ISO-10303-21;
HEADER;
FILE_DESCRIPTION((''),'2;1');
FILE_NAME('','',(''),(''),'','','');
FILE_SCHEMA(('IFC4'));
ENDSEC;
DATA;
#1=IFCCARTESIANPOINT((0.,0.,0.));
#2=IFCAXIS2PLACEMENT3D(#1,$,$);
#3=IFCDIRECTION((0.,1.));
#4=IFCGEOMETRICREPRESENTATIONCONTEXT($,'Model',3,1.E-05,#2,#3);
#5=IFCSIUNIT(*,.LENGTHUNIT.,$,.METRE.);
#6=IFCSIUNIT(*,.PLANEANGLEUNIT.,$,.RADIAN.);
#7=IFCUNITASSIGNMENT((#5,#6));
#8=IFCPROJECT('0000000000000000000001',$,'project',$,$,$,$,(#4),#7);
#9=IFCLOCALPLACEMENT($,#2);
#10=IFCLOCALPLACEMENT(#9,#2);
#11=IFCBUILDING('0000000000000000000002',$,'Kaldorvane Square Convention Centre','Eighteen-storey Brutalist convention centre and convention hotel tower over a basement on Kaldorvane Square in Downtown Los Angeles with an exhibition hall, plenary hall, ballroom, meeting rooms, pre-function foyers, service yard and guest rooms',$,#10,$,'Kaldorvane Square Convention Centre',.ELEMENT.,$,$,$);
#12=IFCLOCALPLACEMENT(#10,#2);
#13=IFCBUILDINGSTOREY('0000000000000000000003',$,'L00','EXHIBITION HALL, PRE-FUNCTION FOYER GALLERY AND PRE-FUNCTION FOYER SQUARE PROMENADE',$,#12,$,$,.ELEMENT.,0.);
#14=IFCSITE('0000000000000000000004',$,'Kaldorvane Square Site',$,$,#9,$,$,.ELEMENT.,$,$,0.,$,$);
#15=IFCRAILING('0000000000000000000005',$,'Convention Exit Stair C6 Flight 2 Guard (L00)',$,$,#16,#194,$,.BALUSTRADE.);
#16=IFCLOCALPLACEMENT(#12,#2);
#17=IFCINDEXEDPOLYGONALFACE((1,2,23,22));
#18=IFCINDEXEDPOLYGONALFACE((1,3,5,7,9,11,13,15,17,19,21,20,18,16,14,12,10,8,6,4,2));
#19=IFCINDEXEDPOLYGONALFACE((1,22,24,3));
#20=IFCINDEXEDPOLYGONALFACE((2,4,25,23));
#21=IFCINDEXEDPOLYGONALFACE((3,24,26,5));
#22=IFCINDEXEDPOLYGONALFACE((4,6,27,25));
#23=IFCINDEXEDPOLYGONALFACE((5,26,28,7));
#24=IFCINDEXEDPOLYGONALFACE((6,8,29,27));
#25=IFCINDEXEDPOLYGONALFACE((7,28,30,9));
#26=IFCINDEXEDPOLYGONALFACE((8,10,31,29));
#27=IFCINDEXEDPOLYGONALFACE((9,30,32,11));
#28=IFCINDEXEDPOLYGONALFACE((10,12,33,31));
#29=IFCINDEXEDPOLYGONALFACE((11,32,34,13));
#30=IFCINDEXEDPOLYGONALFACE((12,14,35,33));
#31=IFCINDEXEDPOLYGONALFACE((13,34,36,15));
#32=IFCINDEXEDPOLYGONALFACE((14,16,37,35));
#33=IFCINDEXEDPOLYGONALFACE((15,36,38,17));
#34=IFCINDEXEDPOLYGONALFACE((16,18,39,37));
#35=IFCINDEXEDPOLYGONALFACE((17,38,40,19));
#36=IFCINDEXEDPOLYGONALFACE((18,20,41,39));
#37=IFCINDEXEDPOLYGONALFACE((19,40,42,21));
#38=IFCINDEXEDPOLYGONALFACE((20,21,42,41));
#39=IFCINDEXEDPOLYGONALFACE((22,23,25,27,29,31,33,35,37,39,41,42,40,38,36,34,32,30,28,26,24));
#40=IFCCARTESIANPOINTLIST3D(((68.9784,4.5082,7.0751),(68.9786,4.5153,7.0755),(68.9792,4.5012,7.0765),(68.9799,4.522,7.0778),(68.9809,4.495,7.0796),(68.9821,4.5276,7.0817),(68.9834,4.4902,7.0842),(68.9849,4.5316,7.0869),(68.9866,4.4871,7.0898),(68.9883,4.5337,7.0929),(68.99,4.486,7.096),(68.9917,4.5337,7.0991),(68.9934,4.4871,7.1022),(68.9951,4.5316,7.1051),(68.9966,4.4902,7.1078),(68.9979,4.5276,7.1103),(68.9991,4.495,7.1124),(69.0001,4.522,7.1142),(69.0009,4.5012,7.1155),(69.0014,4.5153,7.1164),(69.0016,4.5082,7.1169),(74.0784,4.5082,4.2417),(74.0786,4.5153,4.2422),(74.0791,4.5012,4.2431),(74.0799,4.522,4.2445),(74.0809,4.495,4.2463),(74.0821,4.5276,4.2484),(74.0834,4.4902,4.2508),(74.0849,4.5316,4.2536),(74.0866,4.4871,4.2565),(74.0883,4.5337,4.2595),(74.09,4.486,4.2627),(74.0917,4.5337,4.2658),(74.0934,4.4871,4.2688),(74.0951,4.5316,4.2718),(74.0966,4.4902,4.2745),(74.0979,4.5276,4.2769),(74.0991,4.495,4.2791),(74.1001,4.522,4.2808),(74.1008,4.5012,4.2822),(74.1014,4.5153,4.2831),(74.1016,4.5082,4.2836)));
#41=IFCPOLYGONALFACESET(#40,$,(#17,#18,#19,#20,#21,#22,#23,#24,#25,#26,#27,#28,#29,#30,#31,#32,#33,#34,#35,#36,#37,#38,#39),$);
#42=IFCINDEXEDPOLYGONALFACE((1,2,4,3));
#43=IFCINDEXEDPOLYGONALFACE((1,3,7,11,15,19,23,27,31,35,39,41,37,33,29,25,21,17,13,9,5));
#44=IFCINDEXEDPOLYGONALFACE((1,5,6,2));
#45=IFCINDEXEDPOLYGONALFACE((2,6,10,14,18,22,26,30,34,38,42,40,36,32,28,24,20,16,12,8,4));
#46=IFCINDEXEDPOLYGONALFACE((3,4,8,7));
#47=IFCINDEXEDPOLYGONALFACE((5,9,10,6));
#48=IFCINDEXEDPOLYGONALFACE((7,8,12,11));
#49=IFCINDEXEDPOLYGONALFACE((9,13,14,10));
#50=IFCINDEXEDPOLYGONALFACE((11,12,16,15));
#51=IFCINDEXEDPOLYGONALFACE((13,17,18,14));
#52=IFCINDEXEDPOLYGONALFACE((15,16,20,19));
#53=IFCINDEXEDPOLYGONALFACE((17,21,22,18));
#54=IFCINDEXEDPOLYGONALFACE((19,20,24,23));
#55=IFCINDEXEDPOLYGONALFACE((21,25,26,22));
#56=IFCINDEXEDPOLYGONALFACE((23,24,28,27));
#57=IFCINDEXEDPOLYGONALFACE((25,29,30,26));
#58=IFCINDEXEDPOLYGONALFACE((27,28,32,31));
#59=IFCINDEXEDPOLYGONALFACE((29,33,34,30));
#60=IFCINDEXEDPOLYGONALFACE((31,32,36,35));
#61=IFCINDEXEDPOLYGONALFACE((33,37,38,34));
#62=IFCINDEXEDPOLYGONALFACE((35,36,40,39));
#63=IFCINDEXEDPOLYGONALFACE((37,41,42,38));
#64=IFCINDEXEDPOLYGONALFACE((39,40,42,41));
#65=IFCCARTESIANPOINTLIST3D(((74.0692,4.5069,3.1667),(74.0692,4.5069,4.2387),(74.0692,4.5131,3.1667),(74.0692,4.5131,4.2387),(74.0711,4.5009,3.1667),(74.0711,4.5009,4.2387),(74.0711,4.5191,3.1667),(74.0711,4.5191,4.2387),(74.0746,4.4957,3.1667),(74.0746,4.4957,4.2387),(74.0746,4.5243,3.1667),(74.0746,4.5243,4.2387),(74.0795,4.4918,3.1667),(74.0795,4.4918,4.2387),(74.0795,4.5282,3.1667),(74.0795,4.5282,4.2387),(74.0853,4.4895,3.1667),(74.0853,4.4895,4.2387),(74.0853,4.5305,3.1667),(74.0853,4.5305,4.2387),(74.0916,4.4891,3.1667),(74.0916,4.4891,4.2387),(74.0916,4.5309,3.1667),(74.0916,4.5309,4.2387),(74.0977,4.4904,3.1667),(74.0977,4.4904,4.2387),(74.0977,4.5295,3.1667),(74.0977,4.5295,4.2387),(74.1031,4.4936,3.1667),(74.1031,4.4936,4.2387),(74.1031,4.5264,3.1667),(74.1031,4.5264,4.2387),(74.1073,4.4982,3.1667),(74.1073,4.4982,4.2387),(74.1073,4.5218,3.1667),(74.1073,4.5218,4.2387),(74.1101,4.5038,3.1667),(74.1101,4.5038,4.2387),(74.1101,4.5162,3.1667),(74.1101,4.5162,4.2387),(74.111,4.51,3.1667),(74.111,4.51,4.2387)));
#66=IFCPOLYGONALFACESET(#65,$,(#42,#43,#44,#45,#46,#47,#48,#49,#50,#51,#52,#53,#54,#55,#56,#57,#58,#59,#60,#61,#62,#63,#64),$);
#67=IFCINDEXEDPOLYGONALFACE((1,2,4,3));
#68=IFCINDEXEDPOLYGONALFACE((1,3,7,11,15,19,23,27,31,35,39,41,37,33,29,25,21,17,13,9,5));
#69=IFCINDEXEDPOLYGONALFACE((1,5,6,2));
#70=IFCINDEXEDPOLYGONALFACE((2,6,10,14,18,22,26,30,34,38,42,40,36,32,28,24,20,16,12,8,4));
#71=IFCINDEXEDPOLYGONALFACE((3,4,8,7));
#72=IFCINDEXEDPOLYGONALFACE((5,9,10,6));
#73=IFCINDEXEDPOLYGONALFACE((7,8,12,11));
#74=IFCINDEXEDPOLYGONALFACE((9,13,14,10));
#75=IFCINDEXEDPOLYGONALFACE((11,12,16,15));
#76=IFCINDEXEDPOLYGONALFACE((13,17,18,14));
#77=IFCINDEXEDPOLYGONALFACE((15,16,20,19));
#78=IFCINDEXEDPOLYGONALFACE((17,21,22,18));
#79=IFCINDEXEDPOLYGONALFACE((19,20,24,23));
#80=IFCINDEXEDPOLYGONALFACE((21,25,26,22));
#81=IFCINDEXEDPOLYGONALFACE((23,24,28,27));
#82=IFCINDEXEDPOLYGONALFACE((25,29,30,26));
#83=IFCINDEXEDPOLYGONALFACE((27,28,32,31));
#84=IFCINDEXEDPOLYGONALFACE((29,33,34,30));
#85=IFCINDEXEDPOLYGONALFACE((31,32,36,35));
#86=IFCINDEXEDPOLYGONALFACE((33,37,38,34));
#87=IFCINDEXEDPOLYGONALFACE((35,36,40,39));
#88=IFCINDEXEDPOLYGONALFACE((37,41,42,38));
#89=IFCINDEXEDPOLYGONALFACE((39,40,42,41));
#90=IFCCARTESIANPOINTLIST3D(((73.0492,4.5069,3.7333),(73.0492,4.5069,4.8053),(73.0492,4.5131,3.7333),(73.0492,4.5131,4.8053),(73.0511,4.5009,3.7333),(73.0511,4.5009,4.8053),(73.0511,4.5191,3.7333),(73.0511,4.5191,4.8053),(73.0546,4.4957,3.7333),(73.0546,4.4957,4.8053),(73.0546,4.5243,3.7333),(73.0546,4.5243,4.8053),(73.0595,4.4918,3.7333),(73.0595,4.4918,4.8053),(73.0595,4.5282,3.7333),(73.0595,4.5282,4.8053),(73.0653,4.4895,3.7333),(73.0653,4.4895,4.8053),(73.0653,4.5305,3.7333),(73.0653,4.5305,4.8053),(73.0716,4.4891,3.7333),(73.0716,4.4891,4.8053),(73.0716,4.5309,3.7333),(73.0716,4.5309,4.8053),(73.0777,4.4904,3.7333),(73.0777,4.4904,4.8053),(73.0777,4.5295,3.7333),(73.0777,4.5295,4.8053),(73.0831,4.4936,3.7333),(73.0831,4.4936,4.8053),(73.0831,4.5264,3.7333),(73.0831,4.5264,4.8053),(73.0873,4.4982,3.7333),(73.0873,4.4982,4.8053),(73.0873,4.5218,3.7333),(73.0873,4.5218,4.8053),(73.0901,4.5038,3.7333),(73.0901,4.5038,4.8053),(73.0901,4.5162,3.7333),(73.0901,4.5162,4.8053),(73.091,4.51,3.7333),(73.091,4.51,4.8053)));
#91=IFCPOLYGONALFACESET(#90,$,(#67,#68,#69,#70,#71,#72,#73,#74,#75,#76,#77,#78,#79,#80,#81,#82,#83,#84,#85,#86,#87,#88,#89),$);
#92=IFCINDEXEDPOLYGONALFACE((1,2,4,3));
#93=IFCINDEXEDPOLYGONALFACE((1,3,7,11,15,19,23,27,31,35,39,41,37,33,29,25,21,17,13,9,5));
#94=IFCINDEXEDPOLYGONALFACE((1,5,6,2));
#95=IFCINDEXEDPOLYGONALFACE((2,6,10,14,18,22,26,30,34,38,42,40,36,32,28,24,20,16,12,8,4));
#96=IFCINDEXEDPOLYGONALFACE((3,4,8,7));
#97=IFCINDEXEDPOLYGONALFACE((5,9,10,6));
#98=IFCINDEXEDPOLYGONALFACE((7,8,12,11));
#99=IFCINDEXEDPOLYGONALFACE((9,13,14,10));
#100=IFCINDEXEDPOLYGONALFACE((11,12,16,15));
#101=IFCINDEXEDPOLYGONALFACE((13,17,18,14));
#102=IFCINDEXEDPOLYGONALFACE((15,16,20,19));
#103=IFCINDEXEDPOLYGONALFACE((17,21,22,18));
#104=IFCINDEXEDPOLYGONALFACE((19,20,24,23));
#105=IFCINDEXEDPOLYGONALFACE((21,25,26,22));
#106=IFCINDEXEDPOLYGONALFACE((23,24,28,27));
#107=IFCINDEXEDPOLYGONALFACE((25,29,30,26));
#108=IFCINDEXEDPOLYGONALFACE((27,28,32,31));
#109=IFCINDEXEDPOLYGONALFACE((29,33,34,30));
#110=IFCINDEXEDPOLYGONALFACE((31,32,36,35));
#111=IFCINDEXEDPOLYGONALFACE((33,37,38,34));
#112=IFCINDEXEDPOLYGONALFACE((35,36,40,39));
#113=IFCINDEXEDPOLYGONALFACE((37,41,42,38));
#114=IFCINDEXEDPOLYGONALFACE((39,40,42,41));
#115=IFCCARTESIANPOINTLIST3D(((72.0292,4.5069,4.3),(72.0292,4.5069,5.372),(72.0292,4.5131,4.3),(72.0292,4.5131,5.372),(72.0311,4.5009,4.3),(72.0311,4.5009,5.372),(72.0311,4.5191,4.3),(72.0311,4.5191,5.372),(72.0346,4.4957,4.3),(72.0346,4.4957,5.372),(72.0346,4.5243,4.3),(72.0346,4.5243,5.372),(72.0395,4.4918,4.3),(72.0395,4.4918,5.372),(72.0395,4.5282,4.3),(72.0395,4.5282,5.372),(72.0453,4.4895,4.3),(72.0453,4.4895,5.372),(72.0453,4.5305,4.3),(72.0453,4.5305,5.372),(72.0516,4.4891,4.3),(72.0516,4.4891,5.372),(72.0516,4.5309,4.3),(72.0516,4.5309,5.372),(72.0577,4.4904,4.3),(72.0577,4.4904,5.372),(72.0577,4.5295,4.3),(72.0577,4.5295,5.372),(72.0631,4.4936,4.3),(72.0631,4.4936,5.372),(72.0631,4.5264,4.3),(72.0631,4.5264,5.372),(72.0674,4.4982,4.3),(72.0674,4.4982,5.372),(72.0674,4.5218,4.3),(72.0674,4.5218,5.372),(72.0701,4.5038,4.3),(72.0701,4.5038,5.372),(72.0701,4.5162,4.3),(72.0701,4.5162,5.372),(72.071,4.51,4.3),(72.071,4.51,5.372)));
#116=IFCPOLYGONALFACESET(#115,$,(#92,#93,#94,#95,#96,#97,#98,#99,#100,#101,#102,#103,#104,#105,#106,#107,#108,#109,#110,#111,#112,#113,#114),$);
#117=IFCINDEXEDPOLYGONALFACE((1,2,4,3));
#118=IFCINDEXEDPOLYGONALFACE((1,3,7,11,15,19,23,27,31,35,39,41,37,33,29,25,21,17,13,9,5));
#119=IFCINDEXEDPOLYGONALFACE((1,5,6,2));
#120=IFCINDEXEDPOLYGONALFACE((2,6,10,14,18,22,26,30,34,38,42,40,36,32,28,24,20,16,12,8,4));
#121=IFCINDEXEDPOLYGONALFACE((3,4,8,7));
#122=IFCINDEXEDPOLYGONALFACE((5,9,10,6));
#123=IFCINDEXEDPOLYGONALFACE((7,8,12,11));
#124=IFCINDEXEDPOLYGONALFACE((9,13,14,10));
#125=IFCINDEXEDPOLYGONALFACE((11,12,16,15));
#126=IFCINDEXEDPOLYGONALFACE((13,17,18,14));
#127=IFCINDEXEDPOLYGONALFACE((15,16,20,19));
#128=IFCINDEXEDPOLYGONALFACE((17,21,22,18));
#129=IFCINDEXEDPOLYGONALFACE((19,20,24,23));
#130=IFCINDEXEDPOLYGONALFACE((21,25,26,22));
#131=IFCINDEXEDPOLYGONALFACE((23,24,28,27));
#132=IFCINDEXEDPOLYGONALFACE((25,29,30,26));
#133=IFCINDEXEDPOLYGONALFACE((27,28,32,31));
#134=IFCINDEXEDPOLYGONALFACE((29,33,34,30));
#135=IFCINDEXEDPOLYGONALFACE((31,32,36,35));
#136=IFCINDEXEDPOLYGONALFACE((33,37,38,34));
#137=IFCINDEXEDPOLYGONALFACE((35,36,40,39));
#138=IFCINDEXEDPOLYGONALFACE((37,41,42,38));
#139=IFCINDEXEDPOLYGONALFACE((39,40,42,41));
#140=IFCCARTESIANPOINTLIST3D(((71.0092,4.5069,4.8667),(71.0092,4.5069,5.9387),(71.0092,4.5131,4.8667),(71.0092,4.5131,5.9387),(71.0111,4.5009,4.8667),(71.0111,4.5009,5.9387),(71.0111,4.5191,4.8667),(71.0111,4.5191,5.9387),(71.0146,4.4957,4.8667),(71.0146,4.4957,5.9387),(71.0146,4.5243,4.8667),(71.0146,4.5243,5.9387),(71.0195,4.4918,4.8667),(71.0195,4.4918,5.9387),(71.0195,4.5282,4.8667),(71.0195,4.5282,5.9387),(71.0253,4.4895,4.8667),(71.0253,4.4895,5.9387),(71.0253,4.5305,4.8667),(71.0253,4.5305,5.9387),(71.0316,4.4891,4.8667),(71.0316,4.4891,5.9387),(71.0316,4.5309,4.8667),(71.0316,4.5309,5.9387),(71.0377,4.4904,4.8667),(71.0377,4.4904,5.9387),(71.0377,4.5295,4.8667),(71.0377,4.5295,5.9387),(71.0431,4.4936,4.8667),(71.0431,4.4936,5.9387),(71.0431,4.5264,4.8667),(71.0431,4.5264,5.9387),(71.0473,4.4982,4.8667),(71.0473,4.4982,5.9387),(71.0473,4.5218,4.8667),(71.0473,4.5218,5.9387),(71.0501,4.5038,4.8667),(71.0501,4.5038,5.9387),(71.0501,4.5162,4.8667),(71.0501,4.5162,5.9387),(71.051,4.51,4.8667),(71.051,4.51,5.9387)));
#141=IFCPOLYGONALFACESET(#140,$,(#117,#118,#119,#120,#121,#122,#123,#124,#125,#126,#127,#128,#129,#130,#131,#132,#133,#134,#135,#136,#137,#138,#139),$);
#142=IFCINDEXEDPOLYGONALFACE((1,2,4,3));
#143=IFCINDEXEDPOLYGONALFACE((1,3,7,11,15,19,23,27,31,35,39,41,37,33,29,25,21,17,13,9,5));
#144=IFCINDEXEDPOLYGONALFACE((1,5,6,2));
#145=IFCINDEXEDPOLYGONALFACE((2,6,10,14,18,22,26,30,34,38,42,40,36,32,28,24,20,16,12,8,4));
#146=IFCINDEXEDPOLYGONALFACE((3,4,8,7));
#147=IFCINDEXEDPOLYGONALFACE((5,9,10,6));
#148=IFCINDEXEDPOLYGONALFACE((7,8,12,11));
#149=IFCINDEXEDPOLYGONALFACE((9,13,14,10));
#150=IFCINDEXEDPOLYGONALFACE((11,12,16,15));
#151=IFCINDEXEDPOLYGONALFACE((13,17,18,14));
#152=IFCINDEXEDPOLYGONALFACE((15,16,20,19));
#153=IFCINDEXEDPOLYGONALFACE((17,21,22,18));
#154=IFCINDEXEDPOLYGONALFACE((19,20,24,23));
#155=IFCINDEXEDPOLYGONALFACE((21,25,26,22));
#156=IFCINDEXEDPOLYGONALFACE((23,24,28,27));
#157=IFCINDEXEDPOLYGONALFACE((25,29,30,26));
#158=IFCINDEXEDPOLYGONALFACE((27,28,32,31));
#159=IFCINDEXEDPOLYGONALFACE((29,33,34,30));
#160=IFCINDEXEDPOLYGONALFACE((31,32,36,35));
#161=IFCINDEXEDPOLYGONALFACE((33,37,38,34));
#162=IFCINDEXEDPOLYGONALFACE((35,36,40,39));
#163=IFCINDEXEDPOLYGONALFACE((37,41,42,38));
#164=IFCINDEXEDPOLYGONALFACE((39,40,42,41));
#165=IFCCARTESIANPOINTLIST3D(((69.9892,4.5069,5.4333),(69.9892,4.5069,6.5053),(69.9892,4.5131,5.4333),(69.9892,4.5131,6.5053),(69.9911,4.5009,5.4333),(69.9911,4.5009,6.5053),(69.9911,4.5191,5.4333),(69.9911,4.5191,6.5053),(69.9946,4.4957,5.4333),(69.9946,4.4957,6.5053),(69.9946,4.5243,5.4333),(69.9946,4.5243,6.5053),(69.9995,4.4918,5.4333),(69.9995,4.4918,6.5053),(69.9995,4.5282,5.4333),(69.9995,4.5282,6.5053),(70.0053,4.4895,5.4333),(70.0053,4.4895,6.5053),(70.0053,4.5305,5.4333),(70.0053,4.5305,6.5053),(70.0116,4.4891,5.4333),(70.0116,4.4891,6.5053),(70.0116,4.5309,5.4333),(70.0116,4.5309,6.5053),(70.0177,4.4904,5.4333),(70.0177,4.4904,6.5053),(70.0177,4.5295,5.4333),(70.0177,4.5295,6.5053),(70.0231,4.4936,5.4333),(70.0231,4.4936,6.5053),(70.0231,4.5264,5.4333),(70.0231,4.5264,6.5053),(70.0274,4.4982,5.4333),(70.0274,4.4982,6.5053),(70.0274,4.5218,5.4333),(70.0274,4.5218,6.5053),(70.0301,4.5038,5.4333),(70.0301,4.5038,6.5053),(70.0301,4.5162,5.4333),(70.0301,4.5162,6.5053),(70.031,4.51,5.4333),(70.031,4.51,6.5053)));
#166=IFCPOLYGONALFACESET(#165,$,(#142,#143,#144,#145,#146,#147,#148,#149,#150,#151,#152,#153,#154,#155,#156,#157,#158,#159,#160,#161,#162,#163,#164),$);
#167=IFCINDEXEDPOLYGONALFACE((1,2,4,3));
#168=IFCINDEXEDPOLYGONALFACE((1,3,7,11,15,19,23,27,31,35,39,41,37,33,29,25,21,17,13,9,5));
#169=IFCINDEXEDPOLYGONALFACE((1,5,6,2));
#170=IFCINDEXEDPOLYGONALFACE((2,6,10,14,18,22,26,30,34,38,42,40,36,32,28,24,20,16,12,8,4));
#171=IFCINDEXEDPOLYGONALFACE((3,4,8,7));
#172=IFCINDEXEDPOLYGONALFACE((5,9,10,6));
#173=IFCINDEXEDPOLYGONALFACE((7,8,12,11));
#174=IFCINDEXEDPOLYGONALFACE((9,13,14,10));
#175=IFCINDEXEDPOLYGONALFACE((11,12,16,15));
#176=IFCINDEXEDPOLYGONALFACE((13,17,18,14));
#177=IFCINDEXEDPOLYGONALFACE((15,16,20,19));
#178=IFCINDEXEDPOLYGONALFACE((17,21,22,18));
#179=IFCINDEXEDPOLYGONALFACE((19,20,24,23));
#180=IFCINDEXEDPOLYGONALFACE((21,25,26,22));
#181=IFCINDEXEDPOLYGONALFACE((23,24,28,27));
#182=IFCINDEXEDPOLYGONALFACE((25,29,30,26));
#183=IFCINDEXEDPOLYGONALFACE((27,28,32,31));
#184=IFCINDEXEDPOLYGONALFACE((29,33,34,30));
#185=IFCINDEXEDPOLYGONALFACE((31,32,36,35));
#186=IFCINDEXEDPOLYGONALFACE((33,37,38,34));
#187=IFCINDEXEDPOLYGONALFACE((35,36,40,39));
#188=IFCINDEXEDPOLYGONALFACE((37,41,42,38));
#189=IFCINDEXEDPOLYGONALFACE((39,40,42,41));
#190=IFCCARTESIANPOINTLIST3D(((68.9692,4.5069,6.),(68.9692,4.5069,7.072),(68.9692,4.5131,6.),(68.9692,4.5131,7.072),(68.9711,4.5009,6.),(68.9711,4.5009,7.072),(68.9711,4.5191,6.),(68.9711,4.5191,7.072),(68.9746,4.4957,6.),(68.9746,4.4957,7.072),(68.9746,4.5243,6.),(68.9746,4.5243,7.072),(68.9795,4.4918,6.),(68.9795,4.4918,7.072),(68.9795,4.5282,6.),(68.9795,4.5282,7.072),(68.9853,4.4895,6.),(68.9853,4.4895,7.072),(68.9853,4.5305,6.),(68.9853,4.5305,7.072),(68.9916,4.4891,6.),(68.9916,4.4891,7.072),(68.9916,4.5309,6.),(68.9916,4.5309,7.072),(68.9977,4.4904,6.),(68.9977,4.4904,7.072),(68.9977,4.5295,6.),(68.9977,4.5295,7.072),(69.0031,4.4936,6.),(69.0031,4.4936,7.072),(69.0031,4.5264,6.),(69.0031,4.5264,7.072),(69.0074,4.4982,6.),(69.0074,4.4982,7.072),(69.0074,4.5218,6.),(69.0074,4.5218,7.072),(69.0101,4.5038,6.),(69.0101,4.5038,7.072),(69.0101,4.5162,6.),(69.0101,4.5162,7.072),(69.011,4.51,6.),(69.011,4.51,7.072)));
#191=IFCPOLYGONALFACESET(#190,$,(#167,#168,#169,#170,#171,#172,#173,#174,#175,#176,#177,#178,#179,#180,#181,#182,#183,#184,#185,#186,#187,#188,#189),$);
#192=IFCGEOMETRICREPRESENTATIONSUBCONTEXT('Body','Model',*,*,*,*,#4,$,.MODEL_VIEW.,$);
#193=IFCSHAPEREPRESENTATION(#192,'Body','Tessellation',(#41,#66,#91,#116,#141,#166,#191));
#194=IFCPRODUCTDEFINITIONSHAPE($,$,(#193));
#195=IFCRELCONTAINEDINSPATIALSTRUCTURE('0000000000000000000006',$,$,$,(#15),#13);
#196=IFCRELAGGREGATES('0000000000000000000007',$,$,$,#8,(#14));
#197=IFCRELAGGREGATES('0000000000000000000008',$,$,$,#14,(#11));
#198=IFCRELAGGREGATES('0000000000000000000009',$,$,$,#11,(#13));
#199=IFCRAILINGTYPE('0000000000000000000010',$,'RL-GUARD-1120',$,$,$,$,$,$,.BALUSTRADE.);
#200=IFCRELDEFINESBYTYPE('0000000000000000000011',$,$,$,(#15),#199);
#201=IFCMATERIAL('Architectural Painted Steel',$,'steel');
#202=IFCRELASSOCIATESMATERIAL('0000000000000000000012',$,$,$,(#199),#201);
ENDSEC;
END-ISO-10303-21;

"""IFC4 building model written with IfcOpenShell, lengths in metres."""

from ifc_helpers import new_model, si_unit, direction, frame, origin, origin_2d, place, context, subcontext, project, spatial, circle, extrude, material, type_object, element, save


model = new_model("IFC4")

# Units and contexts
model_context = context("Model", 3, precision=1e-05, world=origin(), true_north=direction((0.0, 1.0)))
body_context = subcontext(model_context, "Body", "Model", "MODEL_VIEW")
ifc_project = project(units=[si_unit("LENGTHUNIT", "METRE"), si_unit("PLANEANGLEUNIT", "RADIAN")], contexts=[model_context])

# Site, building, storey
site_placement = place(None, origin())
site = spatial("IfcSite", under=ifc_project, at=site_placement, Name="Kaldorvane Square Site", CompositionType="ELEMENT", RefElevation=0.0)
building_placement = place(site_placement, origin())
building = spatial("IfcBuilding", under=site, at=building_placement, Name="Kaldorvane Square Convention Centre", Description="Eighteen-storey Brutalist convention centre and convention hotel tower over a basement on Kaldorvane Square in Downtown Los Angeles with an exhibition hall, plenary hall, ballroom, meeting rooms, pre-function foyers, service yard and guest rooms", LongName="Kaldorvane Square Convention Centre", CompositionType="ELEMENT")
storey_placement = place(building_placement, origin())
storey = spatial("IfcBuildingStorey", under=building, at=storey_placement, Name="L00", Description="EXHIBITION HALL, PRE-FUNCTION FOYER GALLERY AND PRE-FUNCTION FOYER SQUARE PROMENADE", CompositionType="ELEMENT", Elevation=0.0)

# Railing
ifc_material_1 = material(Name="Architectural Painted Steel", Category="steel")
railing_type_1 = type_object("IfcRailingType", Name="RL-GUARD-1120", PredefinedType="BALUSTRADE", material=ifc_material_1)
railing_1_placement = place(storey_placement, frame((74.09, 4.51, 3.1667)))
element("IfcRailing", 1, at=railing_1_placement, inside=storey, type_object=railing_type_1, Name="Convention Exit Stair C6 Flight 2 Guard (L00)", PredefinedType="BALUSTRADE", context=body_context, shape_type="SweptSolid", body=[
    extrude(circle(Radius=0.024, at=origin_2d()), frame((0.0, 0.0, 1.096), z_axis=(-0.874157, 0.0, 0.485643), x_axis=(0.0, -1.0, 0.0)), (0.0, 0.0, 1.0), 5.8342),
    extrude(circle(Radius=0.021, at=origin_2d()), origin(), (0.0, 0.0, 1.0), 1.072),
    extrude(circle(Radius=0.021, at=origin_2d()), frame((-1.02, 0.0, 0.5667)), (0.0, 0.0, 1.0), 1.072),
    extrude(circle(Radius=0.021, at=origin_2d()), frame((-2.04, 0.0, 1.1333)), (0.0, 0.0, 1.0), 1.072),
    extrude(circle(Radius=0.021, at=origin_2d()), frame((-3.06, 0.0, 1.7)), (0.0, 0.0, 1.0), 1.072),
    extrude(circle(Radius=0.021, at=origin_2d()), frame((-4.08, 0.0, 2.2667)), (0.0, 0.0, 1.0), 1.072),
    extrude(circle(Radius=0.021, at=origin_2d()), frame((-5.1, 0.0, 2.8333)), (0.0, 0.0, 1.0), 1.072),
])

save(model, "model.ifc")
